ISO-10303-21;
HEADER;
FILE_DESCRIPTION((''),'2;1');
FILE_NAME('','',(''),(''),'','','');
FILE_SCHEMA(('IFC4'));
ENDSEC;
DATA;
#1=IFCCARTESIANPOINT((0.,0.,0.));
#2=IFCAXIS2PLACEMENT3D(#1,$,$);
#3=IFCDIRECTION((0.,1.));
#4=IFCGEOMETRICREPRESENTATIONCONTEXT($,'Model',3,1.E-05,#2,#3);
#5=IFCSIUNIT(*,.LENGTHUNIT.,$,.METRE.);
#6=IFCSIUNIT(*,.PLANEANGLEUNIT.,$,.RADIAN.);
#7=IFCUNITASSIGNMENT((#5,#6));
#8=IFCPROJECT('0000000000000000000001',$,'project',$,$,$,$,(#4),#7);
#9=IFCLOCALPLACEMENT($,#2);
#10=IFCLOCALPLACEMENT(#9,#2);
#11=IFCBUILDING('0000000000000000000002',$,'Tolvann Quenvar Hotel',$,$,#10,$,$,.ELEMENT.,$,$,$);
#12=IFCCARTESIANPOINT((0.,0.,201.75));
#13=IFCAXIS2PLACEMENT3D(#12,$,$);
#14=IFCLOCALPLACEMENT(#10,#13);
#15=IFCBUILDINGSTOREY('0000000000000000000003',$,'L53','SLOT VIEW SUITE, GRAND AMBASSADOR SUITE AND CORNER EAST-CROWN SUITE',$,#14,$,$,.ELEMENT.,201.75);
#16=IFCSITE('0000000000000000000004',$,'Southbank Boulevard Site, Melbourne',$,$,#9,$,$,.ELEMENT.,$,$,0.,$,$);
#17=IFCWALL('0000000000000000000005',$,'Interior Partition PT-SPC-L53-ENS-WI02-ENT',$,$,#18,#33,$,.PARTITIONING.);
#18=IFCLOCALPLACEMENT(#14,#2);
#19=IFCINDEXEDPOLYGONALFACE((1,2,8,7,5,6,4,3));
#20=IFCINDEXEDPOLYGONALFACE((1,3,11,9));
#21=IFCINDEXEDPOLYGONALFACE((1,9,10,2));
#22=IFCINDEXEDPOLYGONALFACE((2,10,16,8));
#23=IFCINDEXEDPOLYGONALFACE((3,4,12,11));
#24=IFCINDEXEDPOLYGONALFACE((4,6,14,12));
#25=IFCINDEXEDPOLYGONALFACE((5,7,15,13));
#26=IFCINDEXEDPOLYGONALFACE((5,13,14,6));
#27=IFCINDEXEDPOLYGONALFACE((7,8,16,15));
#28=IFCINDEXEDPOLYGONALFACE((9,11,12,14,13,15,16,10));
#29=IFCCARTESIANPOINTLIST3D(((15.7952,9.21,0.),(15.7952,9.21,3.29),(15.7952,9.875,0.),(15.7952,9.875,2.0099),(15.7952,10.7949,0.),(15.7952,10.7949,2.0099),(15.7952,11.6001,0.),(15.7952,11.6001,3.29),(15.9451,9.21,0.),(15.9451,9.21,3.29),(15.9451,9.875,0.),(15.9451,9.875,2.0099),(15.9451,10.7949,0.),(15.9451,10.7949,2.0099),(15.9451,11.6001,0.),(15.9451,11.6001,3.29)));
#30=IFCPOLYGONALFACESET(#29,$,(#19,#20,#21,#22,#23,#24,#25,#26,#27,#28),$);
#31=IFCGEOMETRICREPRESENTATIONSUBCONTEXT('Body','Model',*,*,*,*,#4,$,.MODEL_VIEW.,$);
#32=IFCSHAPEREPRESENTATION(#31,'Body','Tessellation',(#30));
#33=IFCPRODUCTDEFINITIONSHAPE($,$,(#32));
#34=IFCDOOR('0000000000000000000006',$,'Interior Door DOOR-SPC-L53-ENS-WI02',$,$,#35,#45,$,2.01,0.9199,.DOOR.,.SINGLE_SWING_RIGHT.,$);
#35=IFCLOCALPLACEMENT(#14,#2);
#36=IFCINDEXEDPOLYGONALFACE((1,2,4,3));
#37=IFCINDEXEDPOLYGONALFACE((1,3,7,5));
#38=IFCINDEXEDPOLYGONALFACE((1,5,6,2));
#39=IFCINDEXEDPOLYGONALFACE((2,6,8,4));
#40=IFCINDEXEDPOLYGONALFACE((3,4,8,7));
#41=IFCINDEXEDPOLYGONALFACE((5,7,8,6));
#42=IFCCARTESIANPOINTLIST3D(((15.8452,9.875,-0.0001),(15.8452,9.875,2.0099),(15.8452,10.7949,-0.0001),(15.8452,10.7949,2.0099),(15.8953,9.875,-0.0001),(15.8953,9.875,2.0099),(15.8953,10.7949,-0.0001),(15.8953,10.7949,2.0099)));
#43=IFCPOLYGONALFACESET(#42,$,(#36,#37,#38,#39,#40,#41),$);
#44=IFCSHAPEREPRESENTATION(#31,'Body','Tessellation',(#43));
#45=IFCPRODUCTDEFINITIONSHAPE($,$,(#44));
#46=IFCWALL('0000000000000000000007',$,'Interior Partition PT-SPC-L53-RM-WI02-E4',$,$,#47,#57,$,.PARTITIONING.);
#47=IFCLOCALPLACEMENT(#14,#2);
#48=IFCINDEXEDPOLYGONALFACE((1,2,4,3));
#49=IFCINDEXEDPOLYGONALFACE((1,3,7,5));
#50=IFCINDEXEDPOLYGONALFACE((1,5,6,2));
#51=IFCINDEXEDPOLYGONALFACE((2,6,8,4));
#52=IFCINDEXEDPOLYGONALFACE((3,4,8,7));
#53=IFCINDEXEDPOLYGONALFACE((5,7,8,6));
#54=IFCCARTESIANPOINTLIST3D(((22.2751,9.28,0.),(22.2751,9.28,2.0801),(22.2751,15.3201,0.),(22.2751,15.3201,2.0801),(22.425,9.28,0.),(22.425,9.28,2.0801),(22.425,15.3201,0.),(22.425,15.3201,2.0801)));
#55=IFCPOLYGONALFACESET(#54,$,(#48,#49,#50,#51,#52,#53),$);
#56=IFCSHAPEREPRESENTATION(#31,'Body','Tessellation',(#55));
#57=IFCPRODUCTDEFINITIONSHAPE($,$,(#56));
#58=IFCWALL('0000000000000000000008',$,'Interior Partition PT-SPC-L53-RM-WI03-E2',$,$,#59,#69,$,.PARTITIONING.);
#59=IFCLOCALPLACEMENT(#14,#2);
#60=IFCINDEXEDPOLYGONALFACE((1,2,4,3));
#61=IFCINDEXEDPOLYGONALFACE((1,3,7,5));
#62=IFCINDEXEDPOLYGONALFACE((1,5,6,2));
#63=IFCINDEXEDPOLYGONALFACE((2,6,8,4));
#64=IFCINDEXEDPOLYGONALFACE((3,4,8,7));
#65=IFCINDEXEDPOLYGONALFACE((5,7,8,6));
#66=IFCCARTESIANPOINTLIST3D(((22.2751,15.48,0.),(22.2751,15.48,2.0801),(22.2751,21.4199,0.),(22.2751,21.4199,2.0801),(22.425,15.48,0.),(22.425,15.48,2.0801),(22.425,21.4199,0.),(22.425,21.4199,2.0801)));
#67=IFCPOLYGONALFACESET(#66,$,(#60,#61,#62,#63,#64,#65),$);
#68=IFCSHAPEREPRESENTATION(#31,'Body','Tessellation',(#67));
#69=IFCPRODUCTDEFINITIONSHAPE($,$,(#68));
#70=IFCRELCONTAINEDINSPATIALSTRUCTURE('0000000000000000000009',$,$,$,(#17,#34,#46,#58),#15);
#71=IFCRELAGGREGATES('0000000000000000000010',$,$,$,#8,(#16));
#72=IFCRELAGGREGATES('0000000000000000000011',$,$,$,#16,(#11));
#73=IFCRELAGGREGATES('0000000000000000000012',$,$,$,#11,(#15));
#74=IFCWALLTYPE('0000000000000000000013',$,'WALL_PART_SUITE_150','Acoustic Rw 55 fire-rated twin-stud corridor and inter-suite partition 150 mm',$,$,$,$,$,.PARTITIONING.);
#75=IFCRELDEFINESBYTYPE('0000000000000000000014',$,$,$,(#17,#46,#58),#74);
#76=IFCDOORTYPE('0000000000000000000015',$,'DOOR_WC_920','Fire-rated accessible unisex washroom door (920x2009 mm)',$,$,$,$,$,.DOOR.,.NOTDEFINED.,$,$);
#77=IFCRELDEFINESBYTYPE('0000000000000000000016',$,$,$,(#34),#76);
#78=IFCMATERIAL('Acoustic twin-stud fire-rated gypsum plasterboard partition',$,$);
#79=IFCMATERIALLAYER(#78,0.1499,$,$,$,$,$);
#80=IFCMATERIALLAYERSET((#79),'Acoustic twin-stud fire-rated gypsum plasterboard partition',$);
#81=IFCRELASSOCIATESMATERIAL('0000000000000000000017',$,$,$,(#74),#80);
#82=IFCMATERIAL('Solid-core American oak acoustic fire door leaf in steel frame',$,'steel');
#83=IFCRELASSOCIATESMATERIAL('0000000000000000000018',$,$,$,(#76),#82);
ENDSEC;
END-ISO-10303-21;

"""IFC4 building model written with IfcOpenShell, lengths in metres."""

from ifc_helpers import new_model, si_unit, direction, frame, frame_2d, origin, place, context, subcontext, project, spatial, rectangle, extrude, source, transform, mapped, material, layer, layer_set, type_object, type_shapes, element, fill, save


model = new_model("IFC4")

# Units and contexts
model_context = context("Model", 3, precision=1e-05, world=origin(), true_north=direction((0.0, 1.0)))
body_context = subcontext(model_context, "Body", "Model", "MODEL_VIEW")
ifc_project = project(units=[si_unit("LENGTHUNIT", "METRE"), si_unit("PLANEANGLEUNIT", "RADIAN")], contexts=[model_context])

# Site, building, storey
site_placement = place(None, origin())
site = spatial("IfcSite", under=ifc_project, at=site_placement, Name="Southbank Boulevard Site, Melbourne", CompositionType="ELEMENT", RefElevation=0.0)
building_placement = place(site_placement, origin())
building = spatial("IfcBuilding", under=site, at=building_placement, Name="Tolvann Quenvar Hotel", CompositionType="ELEMENT")
storey_placement = place(building_placement, frame((0.0, 0.0, 201.75)))
storey = spatial("IfcBuildingStorey", under=building, at=storey_placement, Name="L53", Description="SLOT VIEW SUITE, GRAND AMBASSADOR SUITE AND CORNER EAST-CROWN SUITE", CompositionType="ELEMENT", Elevation=201.75)

# Wall, opening, door
ifc_material_1 = material(Name="Acoustic twin-stud fire-rated gypsum plasterboard partition")
ifc_layer_1 = layer(ifc_material_1, 0.1499)
ifc_layer_set_1 = layer_set([ifc_layer_1], Name="Acoustic twin-stud fire-rated gypsum plasterboard partition")
wall_type = type_object("IfcWallType", Name="WALL_PART_SUITE_150", Description="Acoustic Rw 55 fire-rated twin-stud corridor and inter-suite partition 150 mm", PredefinedType="PARTITIONING", material=ifc_layer_set_1)
wall_1_placement = place(storey_placement, frame((15.8701, 9.21, 0.0), z_axis=(0.0, 0.0, 1.0), x_axis=(0.0, 1.0, 0.0)))
wall_1 = element("IfcWall", 1, at=wall_1_placement, inside=storey, type_object=wall_type, Name="Interior Partition PT-SPC-L53-ENS-WI02-ENT", PredefinedType="PARTITIONING", context=body_context, shape_type="SweptSolid", body=[
    extrude(rectangle(XDim=2.3901, YDim=0.1499, at=frame_2d((1.1951, 0.0))), origin(), (0.0, 0.0, 1.0), 3.29),
])
opening_placement = place(wall_1_placement, frame((0.665, 0.0, 0.0)))
opening = element("IfcOpeningElement", 2, at=opening_placement, cuts=wall_1, PredefinedType="OPENING", context=body_context, shape_type="SweptSolid", body=[
    extrude(rectangle(XDim=0.9199, YDim=2.01, at=frame_2d((0.46, 1.0049))), frame((0.0, 0.085, 0.0), z_axis=(0.0, -1.0, 0.0), x_axis=(1.0, 0.0, 0.0)), (0.0, 0.0, 1.0), 0.1699),
])
ifc_material_2 = material(Name="Solid-core American oak acoustic fire door leaf in steel frame", Category="steel")
door_type = type_object("IfcDoorType", Name="DOOR_WC_920", Description="Fire-rated accessible unisex washroom door (920x2009 mm)", OperationType="NOTDEFINED", PredefinedType="DOOR", material=ifc_material_2)
shared_shape_1 = source(origin(), body_context, "Body", "SweptSolid", [
    extrude(rectangle(XDim=0.9199, YDim=2.01, at=frame_2d((0.46, 1.0049))), frame((0.0, 0.0249, 0.0), z_axis=(0.0, -1.0, 0.0), x_axis=(1.0, 0.0, 0.0)), (0.0, 0.0, 1.0), 0.05),
])
type_shapes(door_type, [shared_shape_1])
door_placement = place(opening_placement, origin())
door = element("IfcDoor", 3, at=door_placement, inside=storey, type_object=door_type, Name="Interior Door DOOR-SPC-L53-ENS-WI02", OperationType="SINGLE_SWING_RIGHT", OverallHeight=2.01, OverallWidth=0.9199, PredefinedType="DOOR", context=body_context, shape_type="MappedRepresentation", body=[
    mapped(shared_shape_1, transform((0.0, 0.0, 0.0), x_axis=(1.0, 0.0, 0.0), y_axis=(0.0, 1.0, 0.0), z_axis=(0.0, 0.0, 1.0), scale=1.0)),
])
fill(opening, door)

# Walls
wall_2_placement = place(storey_placement, frame((22.3501, 9.28, 0.0), z_axis=(0.0, 0.0, 1.0), x_axis=(0.0, 1.0, 0.0)))
element("IfcWall", 4, at=wall_2_placement, inside=storey, type_object=wall_type, Name="Interior Partition PT-SPC-L53-RM-WI02-E4", PredefinedType="PARTITIONING", context=body_context, shape_type="SweptSolid", body=[
    extrude(rectangle(XDim=6.04, YDim=0.1499, at=frame_2d((3.02, 0.0))), origin(), (0.0, 0.0, 1.0), 2.0801),
])
wall_3_placement = place(storey_placement, frame((22.3501, 15.48, 0.0), z_axis=(0.0, 0.0, 1.0), x_axis=(0.0, 1.0, 0.0)))
element("IfcWall", 5, at=wall_3_placement, inside=storey, type_object=wall_type, Name="Interior Partition PT-SPC-L53-RM-WI03-E2", PredefinedType="PARTITIONING", context=body_context, shape_type="SweptSolid", body=[
    extrude(rectangle(XDim=5.9399, YDim=0.1499, at=frame_2d((2.97, 0.0))), origin(), (0.0, 0.0, 1.0), 2.0801),
])

save(model, "model.ifc")
